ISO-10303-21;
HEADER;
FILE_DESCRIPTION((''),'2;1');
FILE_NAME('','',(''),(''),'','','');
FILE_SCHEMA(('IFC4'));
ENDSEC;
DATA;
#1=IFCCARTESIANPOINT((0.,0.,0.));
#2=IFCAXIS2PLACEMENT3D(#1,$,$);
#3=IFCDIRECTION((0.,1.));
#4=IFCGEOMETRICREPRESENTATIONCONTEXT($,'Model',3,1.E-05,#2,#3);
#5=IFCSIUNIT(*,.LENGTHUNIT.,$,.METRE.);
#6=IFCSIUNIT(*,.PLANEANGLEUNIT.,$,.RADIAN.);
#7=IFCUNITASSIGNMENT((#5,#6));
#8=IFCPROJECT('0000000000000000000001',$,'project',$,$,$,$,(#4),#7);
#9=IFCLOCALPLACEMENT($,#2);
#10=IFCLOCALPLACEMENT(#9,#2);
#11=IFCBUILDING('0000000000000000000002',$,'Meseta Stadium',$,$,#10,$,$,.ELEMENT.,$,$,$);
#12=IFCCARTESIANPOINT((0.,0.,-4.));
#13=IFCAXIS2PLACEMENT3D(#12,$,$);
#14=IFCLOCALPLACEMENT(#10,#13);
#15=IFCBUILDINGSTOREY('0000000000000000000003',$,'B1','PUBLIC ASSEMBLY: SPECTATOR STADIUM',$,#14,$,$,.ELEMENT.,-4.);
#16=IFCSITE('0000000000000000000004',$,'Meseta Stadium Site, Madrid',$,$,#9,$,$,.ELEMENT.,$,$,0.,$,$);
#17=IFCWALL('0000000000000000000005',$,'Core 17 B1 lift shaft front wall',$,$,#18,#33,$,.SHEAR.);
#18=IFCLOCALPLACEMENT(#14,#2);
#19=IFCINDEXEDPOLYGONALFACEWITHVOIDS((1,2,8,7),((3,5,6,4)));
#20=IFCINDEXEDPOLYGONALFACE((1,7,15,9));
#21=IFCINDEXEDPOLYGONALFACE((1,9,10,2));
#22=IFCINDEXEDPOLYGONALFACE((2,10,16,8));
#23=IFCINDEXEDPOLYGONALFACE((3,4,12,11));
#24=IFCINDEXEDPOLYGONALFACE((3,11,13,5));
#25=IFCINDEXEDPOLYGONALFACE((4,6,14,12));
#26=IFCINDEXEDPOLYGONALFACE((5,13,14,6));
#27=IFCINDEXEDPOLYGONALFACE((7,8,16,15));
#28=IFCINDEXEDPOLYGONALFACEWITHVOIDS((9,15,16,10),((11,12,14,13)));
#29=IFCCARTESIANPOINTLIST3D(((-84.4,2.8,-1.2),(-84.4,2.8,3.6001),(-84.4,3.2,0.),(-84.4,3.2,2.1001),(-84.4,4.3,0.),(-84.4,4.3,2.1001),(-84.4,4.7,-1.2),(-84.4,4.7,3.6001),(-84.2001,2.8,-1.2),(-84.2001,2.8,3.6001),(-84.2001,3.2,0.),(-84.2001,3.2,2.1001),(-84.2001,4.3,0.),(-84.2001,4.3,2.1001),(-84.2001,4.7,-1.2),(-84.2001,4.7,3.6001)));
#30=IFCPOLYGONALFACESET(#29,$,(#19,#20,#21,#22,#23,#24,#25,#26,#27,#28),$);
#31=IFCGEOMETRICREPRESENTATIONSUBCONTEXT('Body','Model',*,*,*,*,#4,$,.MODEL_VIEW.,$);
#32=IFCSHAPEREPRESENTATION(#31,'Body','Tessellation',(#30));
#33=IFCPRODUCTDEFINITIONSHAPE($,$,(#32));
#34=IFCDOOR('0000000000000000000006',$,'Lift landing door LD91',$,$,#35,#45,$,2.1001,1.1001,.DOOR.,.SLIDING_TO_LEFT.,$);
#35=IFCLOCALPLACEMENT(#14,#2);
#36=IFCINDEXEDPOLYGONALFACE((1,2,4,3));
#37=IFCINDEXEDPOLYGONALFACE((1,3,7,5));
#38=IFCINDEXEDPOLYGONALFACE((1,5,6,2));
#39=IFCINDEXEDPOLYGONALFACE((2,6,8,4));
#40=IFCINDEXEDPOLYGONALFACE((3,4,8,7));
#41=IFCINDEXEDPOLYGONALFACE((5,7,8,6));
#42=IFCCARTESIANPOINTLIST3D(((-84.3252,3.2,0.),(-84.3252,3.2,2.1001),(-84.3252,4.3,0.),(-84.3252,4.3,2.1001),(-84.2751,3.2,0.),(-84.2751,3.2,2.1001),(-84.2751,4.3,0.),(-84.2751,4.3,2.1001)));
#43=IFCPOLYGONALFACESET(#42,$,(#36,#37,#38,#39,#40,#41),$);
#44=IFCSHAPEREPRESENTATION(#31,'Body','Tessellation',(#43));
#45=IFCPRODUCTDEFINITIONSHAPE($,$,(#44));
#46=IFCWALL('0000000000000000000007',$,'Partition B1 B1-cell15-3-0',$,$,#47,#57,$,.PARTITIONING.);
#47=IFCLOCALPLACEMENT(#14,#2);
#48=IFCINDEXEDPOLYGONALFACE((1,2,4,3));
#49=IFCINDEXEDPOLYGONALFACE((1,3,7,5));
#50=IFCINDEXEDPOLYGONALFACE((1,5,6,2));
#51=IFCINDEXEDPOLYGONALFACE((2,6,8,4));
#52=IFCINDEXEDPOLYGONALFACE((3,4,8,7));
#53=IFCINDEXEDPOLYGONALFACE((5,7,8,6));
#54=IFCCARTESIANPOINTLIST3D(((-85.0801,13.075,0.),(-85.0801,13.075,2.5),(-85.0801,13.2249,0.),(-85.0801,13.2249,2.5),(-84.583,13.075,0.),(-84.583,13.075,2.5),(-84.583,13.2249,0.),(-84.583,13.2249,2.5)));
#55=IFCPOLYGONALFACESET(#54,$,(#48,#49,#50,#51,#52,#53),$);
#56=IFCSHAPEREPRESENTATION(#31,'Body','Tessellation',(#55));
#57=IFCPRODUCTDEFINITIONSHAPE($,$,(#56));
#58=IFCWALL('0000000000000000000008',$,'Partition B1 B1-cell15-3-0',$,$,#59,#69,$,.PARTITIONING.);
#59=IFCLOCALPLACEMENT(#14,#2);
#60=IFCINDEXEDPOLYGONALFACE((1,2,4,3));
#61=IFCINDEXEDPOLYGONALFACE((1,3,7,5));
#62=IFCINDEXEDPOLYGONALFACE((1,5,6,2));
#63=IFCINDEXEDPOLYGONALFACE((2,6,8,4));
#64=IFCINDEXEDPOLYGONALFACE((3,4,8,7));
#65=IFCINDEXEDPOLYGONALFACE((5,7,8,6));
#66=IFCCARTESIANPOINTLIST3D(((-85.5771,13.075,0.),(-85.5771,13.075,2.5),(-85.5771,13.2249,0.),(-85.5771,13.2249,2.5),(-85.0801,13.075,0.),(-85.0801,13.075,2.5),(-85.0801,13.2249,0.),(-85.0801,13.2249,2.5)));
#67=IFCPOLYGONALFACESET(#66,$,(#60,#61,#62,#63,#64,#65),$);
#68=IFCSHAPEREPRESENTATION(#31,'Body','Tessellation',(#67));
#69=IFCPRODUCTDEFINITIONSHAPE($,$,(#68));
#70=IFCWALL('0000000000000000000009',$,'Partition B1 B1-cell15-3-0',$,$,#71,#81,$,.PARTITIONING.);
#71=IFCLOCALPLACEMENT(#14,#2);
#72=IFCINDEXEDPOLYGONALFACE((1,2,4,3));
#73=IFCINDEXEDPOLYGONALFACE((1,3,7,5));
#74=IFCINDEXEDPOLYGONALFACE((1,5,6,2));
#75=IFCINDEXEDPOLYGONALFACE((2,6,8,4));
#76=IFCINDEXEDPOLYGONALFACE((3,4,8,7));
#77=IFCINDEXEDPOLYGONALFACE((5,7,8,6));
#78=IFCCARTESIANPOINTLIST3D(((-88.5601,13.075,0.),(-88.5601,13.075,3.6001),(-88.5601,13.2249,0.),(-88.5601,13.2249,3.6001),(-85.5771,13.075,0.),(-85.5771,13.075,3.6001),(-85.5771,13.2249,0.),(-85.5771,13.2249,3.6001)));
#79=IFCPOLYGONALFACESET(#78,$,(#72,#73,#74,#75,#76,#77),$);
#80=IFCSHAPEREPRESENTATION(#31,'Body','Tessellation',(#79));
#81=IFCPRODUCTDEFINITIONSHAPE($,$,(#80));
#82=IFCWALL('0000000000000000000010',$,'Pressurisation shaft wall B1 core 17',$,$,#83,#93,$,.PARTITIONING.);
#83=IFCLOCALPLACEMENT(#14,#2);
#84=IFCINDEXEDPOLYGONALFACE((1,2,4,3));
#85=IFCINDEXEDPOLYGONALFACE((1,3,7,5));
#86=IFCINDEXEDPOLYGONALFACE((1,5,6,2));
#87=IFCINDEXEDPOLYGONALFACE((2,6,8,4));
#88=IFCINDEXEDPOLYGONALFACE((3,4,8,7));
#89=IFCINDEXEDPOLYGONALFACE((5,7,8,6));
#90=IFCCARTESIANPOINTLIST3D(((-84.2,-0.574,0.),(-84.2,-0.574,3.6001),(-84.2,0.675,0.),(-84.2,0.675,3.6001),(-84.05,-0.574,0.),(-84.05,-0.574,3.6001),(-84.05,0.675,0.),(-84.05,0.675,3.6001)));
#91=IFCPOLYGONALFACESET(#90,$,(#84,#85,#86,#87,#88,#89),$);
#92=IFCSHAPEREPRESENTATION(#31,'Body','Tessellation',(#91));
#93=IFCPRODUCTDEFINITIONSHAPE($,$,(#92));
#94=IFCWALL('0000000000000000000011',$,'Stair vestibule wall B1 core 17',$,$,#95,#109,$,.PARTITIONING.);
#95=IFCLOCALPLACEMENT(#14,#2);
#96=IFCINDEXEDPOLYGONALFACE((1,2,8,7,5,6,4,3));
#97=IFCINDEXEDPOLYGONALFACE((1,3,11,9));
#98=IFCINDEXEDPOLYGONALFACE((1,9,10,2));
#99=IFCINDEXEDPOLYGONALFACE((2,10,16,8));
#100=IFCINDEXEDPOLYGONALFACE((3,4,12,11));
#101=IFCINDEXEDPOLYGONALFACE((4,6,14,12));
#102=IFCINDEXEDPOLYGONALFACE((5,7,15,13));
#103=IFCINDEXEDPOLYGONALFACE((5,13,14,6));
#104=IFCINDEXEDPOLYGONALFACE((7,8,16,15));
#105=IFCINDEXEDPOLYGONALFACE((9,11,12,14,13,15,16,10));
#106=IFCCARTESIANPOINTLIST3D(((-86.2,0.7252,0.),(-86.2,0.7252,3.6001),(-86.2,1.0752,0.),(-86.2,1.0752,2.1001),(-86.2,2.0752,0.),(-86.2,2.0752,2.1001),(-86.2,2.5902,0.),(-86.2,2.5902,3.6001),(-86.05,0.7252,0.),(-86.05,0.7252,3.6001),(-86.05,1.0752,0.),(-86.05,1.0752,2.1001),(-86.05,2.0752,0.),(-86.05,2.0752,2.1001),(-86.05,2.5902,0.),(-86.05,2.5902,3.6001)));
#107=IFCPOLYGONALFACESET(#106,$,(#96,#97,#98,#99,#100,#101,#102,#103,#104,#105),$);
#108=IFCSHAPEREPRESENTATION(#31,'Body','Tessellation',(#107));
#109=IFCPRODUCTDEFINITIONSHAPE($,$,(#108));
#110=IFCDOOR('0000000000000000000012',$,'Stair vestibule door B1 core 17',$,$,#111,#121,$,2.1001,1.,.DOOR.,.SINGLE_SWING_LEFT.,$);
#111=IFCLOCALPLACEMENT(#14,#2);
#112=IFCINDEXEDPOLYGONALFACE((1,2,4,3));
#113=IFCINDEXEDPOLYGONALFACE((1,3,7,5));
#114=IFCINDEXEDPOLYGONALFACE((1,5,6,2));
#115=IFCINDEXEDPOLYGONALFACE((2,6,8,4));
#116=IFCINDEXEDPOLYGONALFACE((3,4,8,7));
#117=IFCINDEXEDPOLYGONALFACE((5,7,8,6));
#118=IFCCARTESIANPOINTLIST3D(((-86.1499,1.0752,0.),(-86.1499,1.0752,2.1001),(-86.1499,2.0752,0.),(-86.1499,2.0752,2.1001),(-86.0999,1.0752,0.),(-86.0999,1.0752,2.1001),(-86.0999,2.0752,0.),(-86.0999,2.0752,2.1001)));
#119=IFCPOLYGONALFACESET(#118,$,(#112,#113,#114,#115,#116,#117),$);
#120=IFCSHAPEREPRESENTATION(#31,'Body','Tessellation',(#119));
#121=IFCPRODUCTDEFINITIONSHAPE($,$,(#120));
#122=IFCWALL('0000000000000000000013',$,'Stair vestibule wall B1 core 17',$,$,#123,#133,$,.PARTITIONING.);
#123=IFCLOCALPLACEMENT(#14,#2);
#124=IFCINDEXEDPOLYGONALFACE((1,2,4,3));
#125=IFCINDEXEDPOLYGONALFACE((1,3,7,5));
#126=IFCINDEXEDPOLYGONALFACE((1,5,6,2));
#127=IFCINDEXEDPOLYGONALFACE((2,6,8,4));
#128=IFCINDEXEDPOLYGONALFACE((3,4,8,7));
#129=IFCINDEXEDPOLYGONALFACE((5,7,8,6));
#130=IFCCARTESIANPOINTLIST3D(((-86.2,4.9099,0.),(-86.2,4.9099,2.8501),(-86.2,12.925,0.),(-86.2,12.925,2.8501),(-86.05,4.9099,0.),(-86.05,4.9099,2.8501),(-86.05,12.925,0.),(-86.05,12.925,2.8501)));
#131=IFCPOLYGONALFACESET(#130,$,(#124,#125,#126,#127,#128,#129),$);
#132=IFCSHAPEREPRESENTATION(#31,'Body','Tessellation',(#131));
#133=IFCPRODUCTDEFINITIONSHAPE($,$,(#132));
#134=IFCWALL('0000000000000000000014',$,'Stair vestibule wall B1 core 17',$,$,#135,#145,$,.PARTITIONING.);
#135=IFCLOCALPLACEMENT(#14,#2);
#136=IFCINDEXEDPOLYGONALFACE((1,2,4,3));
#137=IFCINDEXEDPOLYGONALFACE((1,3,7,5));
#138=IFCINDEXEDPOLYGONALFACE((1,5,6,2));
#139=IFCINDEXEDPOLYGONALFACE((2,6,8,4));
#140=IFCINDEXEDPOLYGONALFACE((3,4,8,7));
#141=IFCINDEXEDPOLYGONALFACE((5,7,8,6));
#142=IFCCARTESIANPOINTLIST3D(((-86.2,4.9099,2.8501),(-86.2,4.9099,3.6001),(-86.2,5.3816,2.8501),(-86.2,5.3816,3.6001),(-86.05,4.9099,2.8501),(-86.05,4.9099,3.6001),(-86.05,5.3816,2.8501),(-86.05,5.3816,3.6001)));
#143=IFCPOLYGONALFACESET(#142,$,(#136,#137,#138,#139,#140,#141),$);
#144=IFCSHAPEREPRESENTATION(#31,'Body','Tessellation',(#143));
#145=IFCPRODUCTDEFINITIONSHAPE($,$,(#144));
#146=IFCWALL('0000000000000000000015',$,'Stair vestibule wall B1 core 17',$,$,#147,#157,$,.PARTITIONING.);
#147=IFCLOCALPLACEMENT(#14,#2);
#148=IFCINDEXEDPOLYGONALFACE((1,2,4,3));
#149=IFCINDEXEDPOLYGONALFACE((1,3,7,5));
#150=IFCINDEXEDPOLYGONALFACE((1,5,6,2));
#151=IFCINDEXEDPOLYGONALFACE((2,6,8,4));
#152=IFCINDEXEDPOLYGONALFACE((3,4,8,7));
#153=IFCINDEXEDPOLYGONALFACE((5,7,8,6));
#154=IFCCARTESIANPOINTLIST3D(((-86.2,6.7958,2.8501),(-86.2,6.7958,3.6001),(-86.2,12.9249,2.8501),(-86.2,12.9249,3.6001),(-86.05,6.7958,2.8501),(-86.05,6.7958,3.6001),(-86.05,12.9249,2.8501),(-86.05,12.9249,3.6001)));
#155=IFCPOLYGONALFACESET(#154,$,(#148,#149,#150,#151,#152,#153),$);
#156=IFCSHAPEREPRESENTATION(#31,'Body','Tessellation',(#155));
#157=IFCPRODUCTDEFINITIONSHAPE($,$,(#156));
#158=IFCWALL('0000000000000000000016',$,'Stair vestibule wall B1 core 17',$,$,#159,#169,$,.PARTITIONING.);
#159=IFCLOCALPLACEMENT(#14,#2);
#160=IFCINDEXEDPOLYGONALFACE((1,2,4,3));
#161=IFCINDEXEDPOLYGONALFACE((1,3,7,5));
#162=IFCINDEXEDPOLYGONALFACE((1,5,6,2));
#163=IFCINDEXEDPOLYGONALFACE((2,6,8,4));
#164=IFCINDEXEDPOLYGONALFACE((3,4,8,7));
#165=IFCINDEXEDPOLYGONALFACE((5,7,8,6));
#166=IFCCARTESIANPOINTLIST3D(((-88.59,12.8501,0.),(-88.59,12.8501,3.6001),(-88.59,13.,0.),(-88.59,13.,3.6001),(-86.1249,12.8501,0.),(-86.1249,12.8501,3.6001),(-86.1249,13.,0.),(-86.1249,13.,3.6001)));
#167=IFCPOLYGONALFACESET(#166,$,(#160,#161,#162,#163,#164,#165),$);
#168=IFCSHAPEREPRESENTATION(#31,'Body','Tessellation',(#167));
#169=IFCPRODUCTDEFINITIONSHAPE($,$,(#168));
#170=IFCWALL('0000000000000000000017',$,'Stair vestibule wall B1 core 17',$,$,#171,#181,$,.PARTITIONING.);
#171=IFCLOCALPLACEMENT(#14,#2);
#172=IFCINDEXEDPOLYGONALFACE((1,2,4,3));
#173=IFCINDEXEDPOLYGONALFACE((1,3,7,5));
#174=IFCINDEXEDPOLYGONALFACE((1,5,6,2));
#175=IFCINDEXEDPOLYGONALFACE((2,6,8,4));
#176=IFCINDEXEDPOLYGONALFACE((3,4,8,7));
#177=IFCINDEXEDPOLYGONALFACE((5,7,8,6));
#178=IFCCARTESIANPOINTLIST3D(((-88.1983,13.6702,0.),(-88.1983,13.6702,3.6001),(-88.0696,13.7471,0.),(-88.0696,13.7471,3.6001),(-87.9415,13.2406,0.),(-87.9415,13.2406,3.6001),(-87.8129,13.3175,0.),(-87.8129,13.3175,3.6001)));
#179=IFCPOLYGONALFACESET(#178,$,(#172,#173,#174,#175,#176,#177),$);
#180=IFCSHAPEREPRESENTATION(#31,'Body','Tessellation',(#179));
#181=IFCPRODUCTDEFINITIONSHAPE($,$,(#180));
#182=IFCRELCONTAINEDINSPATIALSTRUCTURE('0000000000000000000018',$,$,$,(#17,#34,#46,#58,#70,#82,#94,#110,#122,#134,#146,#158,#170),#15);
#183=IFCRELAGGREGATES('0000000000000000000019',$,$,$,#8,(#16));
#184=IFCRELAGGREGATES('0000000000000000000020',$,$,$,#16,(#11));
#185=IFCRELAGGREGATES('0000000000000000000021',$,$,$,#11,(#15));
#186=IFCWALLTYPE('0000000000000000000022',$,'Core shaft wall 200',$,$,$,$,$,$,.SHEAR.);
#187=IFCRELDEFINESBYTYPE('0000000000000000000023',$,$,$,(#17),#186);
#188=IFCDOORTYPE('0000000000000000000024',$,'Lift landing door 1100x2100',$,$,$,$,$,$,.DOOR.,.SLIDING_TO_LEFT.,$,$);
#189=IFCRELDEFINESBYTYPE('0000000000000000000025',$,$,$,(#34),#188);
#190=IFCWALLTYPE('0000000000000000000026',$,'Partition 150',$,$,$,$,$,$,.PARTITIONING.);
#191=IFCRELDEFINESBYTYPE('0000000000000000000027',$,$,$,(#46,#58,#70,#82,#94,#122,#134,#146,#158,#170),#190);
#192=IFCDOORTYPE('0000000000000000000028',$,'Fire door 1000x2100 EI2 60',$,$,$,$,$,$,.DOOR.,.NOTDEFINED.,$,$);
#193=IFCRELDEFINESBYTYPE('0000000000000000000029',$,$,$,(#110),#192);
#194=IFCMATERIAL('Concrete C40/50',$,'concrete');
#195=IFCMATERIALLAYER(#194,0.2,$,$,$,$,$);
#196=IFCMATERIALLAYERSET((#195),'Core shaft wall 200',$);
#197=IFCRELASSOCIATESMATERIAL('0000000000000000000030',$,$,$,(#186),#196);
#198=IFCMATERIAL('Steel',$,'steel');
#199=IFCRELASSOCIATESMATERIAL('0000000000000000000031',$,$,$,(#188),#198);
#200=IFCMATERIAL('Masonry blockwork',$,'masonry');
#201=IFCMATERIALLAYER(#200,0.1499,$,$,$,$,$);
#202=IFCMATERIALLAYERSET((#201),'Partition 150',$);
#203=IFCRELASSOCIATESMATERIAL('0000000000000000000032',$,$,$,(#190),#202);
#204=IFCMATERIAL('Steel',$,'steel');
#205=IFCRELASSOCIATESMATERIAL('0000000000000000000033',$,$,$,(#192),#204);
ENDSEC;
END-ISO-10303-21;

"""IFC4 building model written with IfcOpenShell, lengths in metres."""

from ifc_helpers import new_model, si_unit, direction, frame, frame_2d, origin, place, context, subcontext, project, spatial, rectangle, extrude, material, layer, layer_set, type_object, element, fill, save


model = new_model("IFC4")

# Units and contexts
model_context = context("Model", 3, precision=1e-05, world=origin(), true_north=direction((0.0, 1.0)))
body_context = subcontext(model_context, "Body", "Model", "MODEL_VIEW")
ifc_project = project(units=[si_unit("LENGTHUNIT", "METRE"), si_unit("PLANEANGLEUNIT", "RADIAN")], contexts=[model_context])

# Site, building, storey
site_placement = place(None, origin())
site = spatial("IfcSite", under=ifc_project, at=site_placement, Name="Meseta Stadium Site, Madrid", CompositionType="ELEMENT", RefElevation=0.0)
building_placement = place(site_placement, origin())
building = spatial("IfcBuilding", under=site, at=building_placement, Name="Meseta Stadium", CompositionType="ELEMENT")
storey_placement = place(building_placement, frame((0.0, 0.0, -4.0)))
storey = spatial("IfcBuildingStorey", under=building, at=storey_placement, Name="B1", Description="PUBLIC ASSEMBLY: SPECTATOR STADIUM", CompositionType="ELEMENT", Elevation=-4.0)

# Shared definitions
ifc_material_1 = material(Name="Concrete C40/50", Category="concrete")
ifc_layer_1 = layer(ifc_material_1, 0.2)
ifc_layer_set_1 = layer_set([ifc_layer_1], Name="Core shaft wall 200")
wall_type_1 = type_object("IfcWallType", Name="Core shaft wall 200", PredefinedType="SHEAR", material=ifc_layer_set_1)

# Wall, opening, door
wall_1_placement = place(storey_placement, frame((-84.3, 4.7, -1.2), z_axis=(0.0, 0.0, 1.0), x_axis=(0.0, -1.0, 0.0)))
wall_1 = element("IfcWall", 1, at=wall_1_placement, inside=storey, type_object=wall_type_1, Name="Core 17 B1 lift shaft front wall", PredefinedType="SHEAR", context=body_context, shape_type="SweptSolid", body=[
    extrude(rectangle(XDim=1.8999, YDim=0.2, at=frame_2d((0.95, 0.0))), origin(), (0.0, 0.0, 1.0), 4.8),
])
opening_1_placement = place(wall_1_placement, frame((0.3999, 0.0, 1.2)))
opening_1 = element("IfcOpeningElement", 2, at=opening_1_placement, cuts=wall_1, PredefinedType="OPENING", context=body_context, shape_type="SweptSolid", body=[
    extrude(rectangle(XDim=1.1001, YDim=2.1001, at=frame_2d((0.55, 1.05))), frame((0.0, 0.1099, 0.0), z_axis=(0.0, -1.0, 0.0), x_axis=(1.0, 0.0, 0.0)), (0.0, 0.0, 1.0), 0.22),
])
ifc_material_2 = material(Name="Steel", Category="steel")
door_type_1 = type_object("IfcDoorType", Name="Lift landing door 1100x2100", OperationType="SLIDING_TO_LEFT", PredefinedType="DOOR", material=ifc_material_2)
door_1_placement = place(opening_1_placement, origin())
door_1 = element("IfcDoor", 3, at=door_1_placement, inside=storey, type_object=door_type_1, Name="Lift landing door LD91", OperationType="SLIDING_TO_LEFT", OverallHeight=2.1001, OverallWidth=1.1001, PredefinedType="DOOR", context=body_context, shape_type="SweptSolid", body=[
    extrude(rectangle(XDim=1.1001, YDim=2.1001, at=frame_2d((0.55, 1.05))), frame((0.0, 0.0249, 0.0), z_axis=(0.0, -1.0, 0.0), x_axis=(1.0, 0.0, 0.0)), (0.0, 0.0, 1.0), 0.05),
])
fill(opening_1, door_1)

# Walls
ifc_material_3 = material(Name="Masonry blockwork", Category="masonry")
ifc_layer_2 = layer(ifc_material_3, 0.1499)
ifc_layer_set_2 = layer_set([ifc_layer_2], Name="Partition 150")
wall_type_2 = type_object("IfcWallType", Name="Partition 150", PredefinedType="PARTITIONING", material=ifc_layer_set_2)
for number, where, z_axis, x_axis, name in (
    (4, (-84.583, 13.1499, 0.0), (0.0, 0.0, 1.0), (-1.0, 0.0, 0.0), "Partition B1 B1-cell15-3-0"),
    (5, (-85.0801, 13.1499, 0.0), (0.0, 0.0, 1.0), (-1.0, 0.0, 0.0), "Partition B1 B1-cell15-3-0"),
):
    element("IfcWall", number, at=place(storey_placement, frame(where, z_axis=z_axis, x_axis=x_axis)), inside=storey, type_object=wall_type_2, Name=name, PredefinedType="PARTITIONING", context=body_context, shape_type="SweptSolid", body=[
        extrude(rectangle(XDim=0.4971, YDim=0.1499, at=frame_2d((0.2485, 0.0))), origin(), (0.0, 0.0, 1.0), 2.5),
    ])
wall_2_placement = place(storey_placement, frame((-85.5771, 13.1499, 0.0), z_axis=(0.0, 0.0, 1.0), x_axis=(-1.0, 0.0, 0.0)))
element("IfcWall", 6, at=wall_2_placement, inside=storey, type_object=wall_type_2, Name="Partition B1 B1-cell15-3-0", PredefinedType="PARTITIONING", context=body_context, shape_type="SweptSolid", body=[
    extrude(rectangle(XDim=2.9829, YDim=0.1499, at=frame_2d((1.4915, 0.0))), origin(), (0.0, 0.0, 1.0), 3.6001),
])
wall_3_placement = place(storey_placement, frame((-84.125, 0.675, 0.0), z_axis=(0.0, 0.0, 1.0), x_axis=(0.0, -1.0, 0.0)))
element("IfcWall", 7, at=wall_3_placement, inside=storey, type_object=wall_type_2, Name="Pressurisation shaft wall B1 core 17", PredefinedType="PARTITIONING", context=body_context, shape_type="SweptSolid", body=[
    extrude(rectangle(XDim=1.249, YDim=0.1499, at=frame_2d((0.6245, 0.0))), origin(), (0.0, 0.0, 1.0), 3.6001),
])

# Wall, opening, door
wall_4_placement = place(storey_placement, frame((-86.125, 0.7251, 0.0), z_axis=(0.0, 0.0, 1.0), x_axis=(0.0, 1.0, 0.0)))
wall_4 = element("IfcWall", 8, at=wall_4_placement, inside=storey, type_object=wall_type_2, Name="Stair vestibule wall B1 core 17", PredefinedType="PARTITIONING", context=body_context, shape_type="SweptSolid", body=[
    extrude(rectangle(XDim=1.865, YDim=0.1499, at=frame_2d((0.9326, 0.0))), origin(), (0.0, 0.0, 1.0), 3.6001),
])
opening_2_placement = place(wall_4_placement, frame((0.3501, 0.0, 0.0)))
opening_2 = element("IfcOpeningElement", 9, at=opening_2_placement, cuts=wall_4, PredefinedType="OPENING", context=body_context, shape_type="SweptSolid", body=[
    extrude(rectangle(XDim=1.0, YDim=2.1001, at=frame_2d((0.5, 1.05))), frame((0.0, 0.085, 0.0), z_axis=(0.0, -1.0, 0.0), x_axis=(1.0, 0.0, 0.0)), (0.0, 0.0, 1.0), 0.1699),
])
ifc_material_4 = material(Name="Steel", Category="steel")
door_type_2 = type_object("IfcDoorType", Name="Fire door 1000x2100 EI2 60", OperationType="NOTDEFINED", PredefinedType="DOOR", material=ifc_material_4)
door_2_placement = place(opening_2_placement, origin())
door_2 = element("IfcDoor", 10, at=door_2_placement, inside=storey, type_object=door_type_2, Name="Stair vestibule door B1 core 17", OperationType="SINGLE_SWING_LEFT", OverallHeight=2.1001, OverallWidth=1.0, PredefinedType="DOOR", context=body_context, shape_type="SweptSolid", body=[
    extrude(rectangle(XDim=1.0, YDim=2.1001, at=frame_2d((0.5, 1.05))), frame((0.0, 0.0249, 0.0), z_axis=(0.0, -1.0, 0.0), x_axis=(1.0, 0.0, 0.0)), (0.0, 0.0, 1.0), 0.05),
])
fill(opening_2, door_2)

# Walls
wall_5_placement = place(storey_placement, frame((-86.125, 4.9099, 0.0), z_axis=(0.0, 0.0, 1.0), x_axis=(0.0, 1.0, 0.0)))
element("IfcWall", 11, at=wall_5_placement, inside=storey, type_object=wall_type_2, Name="Stair vestibule wall B1 core 17", PredefinedType="PARTITIONING", context=body_context, shape_type="SweptSolid", body=[
    extrude(rectangle(XDim=8.0151, YDim=0.1499, at=frame_2d((4.0076, 0.0))), origin(), (0.0, 0.0, 1.0), 2.8501),
])
wall_6_placement = place(storey_placement, frame((-86.125, 4.9099, 2.8501), z_axis=(0.0, 0.0, 1.0), x_axis=(0.0, 1.0, 0.0)))
element("IfcWall", 12, at=wall_6_placement, inside=storey, type_object=wall_type_2, Name="Stair vestibule wall B1 core 17", PredefinedType="PARTITIONING", context=body_context, shape_type="SweptSolid", body=[
    extrude(rectangle(XDim=0.4717, YDim=0.1499, at=frame_2d((0.2358, 0.0))), origin(), (0.0, 0.0, 1.0), 0.75),
])
wall_7_placement = place(storey_placement, frame((-86.125, 6.7959, 2.8501), z_axis=(0.0, 0.0, 1.0), x_axis=(0.0, 1.0, 0.0)))
element("IfcWall", 13, at=wall_7_placement, inside=storey, type_object=wall_type_2, Name="Stair vestibule wall B1 core 17", PredefinedType="PARTITIONING", context=body_context, shape_type="SweptSolid", body=[
    extrude(rectangle(XDim=6.1292, YDim=0.1499, at=frame_2d((3.0645, 0.0))), origin(), (0.0, 0.0, 1.0), 0.75),
])
wall_8_placement = place(storey_placement, frame((-86.125, 12.925, 0.0), z_axis=(0.0, 0.0, 1.0), x_axis=(-1.0, 0.0, 0.0)))
element("IfcWall", 14, at=wall_8_placement, inside=storey, type_object=wall_type_2, Name="Stair vestibule wall B1 core 17", PredefinedType="PARTITIONING", context=body_context, shape_type="SweptSolid", body=[
    extrude(rectangle(XDim=2.4651, YDim=0.1499, at=frame_2d((1.2324, 0.0))), origin(), (0.0, 0.0, 1.0), 3.6001),
])
wall_9_placement = place(storey_placement, frame((-87.8772, 13.2791, 0.0), z_axis=(0.0, 0.0, 1.0), x_axis=(-0.513061, 0.858352, 0.0)))
element("IfcWall", 15, at=wall_9_placement, inside=storey, type_object=wall_type_2, Name="Stair vestibule wall B1 core 17", PredefinedType="PARTITIONING", context=body_context, shape_type="SweptSolid", body=[
    extrude(rectangle(XDim=0.5005, YDim=0.1499, at=frame_2d((0.2502, 0.0))), origin(), (0.0, 0.0, 1.0), 3.6001),
])

save(model, "model.ifc")
